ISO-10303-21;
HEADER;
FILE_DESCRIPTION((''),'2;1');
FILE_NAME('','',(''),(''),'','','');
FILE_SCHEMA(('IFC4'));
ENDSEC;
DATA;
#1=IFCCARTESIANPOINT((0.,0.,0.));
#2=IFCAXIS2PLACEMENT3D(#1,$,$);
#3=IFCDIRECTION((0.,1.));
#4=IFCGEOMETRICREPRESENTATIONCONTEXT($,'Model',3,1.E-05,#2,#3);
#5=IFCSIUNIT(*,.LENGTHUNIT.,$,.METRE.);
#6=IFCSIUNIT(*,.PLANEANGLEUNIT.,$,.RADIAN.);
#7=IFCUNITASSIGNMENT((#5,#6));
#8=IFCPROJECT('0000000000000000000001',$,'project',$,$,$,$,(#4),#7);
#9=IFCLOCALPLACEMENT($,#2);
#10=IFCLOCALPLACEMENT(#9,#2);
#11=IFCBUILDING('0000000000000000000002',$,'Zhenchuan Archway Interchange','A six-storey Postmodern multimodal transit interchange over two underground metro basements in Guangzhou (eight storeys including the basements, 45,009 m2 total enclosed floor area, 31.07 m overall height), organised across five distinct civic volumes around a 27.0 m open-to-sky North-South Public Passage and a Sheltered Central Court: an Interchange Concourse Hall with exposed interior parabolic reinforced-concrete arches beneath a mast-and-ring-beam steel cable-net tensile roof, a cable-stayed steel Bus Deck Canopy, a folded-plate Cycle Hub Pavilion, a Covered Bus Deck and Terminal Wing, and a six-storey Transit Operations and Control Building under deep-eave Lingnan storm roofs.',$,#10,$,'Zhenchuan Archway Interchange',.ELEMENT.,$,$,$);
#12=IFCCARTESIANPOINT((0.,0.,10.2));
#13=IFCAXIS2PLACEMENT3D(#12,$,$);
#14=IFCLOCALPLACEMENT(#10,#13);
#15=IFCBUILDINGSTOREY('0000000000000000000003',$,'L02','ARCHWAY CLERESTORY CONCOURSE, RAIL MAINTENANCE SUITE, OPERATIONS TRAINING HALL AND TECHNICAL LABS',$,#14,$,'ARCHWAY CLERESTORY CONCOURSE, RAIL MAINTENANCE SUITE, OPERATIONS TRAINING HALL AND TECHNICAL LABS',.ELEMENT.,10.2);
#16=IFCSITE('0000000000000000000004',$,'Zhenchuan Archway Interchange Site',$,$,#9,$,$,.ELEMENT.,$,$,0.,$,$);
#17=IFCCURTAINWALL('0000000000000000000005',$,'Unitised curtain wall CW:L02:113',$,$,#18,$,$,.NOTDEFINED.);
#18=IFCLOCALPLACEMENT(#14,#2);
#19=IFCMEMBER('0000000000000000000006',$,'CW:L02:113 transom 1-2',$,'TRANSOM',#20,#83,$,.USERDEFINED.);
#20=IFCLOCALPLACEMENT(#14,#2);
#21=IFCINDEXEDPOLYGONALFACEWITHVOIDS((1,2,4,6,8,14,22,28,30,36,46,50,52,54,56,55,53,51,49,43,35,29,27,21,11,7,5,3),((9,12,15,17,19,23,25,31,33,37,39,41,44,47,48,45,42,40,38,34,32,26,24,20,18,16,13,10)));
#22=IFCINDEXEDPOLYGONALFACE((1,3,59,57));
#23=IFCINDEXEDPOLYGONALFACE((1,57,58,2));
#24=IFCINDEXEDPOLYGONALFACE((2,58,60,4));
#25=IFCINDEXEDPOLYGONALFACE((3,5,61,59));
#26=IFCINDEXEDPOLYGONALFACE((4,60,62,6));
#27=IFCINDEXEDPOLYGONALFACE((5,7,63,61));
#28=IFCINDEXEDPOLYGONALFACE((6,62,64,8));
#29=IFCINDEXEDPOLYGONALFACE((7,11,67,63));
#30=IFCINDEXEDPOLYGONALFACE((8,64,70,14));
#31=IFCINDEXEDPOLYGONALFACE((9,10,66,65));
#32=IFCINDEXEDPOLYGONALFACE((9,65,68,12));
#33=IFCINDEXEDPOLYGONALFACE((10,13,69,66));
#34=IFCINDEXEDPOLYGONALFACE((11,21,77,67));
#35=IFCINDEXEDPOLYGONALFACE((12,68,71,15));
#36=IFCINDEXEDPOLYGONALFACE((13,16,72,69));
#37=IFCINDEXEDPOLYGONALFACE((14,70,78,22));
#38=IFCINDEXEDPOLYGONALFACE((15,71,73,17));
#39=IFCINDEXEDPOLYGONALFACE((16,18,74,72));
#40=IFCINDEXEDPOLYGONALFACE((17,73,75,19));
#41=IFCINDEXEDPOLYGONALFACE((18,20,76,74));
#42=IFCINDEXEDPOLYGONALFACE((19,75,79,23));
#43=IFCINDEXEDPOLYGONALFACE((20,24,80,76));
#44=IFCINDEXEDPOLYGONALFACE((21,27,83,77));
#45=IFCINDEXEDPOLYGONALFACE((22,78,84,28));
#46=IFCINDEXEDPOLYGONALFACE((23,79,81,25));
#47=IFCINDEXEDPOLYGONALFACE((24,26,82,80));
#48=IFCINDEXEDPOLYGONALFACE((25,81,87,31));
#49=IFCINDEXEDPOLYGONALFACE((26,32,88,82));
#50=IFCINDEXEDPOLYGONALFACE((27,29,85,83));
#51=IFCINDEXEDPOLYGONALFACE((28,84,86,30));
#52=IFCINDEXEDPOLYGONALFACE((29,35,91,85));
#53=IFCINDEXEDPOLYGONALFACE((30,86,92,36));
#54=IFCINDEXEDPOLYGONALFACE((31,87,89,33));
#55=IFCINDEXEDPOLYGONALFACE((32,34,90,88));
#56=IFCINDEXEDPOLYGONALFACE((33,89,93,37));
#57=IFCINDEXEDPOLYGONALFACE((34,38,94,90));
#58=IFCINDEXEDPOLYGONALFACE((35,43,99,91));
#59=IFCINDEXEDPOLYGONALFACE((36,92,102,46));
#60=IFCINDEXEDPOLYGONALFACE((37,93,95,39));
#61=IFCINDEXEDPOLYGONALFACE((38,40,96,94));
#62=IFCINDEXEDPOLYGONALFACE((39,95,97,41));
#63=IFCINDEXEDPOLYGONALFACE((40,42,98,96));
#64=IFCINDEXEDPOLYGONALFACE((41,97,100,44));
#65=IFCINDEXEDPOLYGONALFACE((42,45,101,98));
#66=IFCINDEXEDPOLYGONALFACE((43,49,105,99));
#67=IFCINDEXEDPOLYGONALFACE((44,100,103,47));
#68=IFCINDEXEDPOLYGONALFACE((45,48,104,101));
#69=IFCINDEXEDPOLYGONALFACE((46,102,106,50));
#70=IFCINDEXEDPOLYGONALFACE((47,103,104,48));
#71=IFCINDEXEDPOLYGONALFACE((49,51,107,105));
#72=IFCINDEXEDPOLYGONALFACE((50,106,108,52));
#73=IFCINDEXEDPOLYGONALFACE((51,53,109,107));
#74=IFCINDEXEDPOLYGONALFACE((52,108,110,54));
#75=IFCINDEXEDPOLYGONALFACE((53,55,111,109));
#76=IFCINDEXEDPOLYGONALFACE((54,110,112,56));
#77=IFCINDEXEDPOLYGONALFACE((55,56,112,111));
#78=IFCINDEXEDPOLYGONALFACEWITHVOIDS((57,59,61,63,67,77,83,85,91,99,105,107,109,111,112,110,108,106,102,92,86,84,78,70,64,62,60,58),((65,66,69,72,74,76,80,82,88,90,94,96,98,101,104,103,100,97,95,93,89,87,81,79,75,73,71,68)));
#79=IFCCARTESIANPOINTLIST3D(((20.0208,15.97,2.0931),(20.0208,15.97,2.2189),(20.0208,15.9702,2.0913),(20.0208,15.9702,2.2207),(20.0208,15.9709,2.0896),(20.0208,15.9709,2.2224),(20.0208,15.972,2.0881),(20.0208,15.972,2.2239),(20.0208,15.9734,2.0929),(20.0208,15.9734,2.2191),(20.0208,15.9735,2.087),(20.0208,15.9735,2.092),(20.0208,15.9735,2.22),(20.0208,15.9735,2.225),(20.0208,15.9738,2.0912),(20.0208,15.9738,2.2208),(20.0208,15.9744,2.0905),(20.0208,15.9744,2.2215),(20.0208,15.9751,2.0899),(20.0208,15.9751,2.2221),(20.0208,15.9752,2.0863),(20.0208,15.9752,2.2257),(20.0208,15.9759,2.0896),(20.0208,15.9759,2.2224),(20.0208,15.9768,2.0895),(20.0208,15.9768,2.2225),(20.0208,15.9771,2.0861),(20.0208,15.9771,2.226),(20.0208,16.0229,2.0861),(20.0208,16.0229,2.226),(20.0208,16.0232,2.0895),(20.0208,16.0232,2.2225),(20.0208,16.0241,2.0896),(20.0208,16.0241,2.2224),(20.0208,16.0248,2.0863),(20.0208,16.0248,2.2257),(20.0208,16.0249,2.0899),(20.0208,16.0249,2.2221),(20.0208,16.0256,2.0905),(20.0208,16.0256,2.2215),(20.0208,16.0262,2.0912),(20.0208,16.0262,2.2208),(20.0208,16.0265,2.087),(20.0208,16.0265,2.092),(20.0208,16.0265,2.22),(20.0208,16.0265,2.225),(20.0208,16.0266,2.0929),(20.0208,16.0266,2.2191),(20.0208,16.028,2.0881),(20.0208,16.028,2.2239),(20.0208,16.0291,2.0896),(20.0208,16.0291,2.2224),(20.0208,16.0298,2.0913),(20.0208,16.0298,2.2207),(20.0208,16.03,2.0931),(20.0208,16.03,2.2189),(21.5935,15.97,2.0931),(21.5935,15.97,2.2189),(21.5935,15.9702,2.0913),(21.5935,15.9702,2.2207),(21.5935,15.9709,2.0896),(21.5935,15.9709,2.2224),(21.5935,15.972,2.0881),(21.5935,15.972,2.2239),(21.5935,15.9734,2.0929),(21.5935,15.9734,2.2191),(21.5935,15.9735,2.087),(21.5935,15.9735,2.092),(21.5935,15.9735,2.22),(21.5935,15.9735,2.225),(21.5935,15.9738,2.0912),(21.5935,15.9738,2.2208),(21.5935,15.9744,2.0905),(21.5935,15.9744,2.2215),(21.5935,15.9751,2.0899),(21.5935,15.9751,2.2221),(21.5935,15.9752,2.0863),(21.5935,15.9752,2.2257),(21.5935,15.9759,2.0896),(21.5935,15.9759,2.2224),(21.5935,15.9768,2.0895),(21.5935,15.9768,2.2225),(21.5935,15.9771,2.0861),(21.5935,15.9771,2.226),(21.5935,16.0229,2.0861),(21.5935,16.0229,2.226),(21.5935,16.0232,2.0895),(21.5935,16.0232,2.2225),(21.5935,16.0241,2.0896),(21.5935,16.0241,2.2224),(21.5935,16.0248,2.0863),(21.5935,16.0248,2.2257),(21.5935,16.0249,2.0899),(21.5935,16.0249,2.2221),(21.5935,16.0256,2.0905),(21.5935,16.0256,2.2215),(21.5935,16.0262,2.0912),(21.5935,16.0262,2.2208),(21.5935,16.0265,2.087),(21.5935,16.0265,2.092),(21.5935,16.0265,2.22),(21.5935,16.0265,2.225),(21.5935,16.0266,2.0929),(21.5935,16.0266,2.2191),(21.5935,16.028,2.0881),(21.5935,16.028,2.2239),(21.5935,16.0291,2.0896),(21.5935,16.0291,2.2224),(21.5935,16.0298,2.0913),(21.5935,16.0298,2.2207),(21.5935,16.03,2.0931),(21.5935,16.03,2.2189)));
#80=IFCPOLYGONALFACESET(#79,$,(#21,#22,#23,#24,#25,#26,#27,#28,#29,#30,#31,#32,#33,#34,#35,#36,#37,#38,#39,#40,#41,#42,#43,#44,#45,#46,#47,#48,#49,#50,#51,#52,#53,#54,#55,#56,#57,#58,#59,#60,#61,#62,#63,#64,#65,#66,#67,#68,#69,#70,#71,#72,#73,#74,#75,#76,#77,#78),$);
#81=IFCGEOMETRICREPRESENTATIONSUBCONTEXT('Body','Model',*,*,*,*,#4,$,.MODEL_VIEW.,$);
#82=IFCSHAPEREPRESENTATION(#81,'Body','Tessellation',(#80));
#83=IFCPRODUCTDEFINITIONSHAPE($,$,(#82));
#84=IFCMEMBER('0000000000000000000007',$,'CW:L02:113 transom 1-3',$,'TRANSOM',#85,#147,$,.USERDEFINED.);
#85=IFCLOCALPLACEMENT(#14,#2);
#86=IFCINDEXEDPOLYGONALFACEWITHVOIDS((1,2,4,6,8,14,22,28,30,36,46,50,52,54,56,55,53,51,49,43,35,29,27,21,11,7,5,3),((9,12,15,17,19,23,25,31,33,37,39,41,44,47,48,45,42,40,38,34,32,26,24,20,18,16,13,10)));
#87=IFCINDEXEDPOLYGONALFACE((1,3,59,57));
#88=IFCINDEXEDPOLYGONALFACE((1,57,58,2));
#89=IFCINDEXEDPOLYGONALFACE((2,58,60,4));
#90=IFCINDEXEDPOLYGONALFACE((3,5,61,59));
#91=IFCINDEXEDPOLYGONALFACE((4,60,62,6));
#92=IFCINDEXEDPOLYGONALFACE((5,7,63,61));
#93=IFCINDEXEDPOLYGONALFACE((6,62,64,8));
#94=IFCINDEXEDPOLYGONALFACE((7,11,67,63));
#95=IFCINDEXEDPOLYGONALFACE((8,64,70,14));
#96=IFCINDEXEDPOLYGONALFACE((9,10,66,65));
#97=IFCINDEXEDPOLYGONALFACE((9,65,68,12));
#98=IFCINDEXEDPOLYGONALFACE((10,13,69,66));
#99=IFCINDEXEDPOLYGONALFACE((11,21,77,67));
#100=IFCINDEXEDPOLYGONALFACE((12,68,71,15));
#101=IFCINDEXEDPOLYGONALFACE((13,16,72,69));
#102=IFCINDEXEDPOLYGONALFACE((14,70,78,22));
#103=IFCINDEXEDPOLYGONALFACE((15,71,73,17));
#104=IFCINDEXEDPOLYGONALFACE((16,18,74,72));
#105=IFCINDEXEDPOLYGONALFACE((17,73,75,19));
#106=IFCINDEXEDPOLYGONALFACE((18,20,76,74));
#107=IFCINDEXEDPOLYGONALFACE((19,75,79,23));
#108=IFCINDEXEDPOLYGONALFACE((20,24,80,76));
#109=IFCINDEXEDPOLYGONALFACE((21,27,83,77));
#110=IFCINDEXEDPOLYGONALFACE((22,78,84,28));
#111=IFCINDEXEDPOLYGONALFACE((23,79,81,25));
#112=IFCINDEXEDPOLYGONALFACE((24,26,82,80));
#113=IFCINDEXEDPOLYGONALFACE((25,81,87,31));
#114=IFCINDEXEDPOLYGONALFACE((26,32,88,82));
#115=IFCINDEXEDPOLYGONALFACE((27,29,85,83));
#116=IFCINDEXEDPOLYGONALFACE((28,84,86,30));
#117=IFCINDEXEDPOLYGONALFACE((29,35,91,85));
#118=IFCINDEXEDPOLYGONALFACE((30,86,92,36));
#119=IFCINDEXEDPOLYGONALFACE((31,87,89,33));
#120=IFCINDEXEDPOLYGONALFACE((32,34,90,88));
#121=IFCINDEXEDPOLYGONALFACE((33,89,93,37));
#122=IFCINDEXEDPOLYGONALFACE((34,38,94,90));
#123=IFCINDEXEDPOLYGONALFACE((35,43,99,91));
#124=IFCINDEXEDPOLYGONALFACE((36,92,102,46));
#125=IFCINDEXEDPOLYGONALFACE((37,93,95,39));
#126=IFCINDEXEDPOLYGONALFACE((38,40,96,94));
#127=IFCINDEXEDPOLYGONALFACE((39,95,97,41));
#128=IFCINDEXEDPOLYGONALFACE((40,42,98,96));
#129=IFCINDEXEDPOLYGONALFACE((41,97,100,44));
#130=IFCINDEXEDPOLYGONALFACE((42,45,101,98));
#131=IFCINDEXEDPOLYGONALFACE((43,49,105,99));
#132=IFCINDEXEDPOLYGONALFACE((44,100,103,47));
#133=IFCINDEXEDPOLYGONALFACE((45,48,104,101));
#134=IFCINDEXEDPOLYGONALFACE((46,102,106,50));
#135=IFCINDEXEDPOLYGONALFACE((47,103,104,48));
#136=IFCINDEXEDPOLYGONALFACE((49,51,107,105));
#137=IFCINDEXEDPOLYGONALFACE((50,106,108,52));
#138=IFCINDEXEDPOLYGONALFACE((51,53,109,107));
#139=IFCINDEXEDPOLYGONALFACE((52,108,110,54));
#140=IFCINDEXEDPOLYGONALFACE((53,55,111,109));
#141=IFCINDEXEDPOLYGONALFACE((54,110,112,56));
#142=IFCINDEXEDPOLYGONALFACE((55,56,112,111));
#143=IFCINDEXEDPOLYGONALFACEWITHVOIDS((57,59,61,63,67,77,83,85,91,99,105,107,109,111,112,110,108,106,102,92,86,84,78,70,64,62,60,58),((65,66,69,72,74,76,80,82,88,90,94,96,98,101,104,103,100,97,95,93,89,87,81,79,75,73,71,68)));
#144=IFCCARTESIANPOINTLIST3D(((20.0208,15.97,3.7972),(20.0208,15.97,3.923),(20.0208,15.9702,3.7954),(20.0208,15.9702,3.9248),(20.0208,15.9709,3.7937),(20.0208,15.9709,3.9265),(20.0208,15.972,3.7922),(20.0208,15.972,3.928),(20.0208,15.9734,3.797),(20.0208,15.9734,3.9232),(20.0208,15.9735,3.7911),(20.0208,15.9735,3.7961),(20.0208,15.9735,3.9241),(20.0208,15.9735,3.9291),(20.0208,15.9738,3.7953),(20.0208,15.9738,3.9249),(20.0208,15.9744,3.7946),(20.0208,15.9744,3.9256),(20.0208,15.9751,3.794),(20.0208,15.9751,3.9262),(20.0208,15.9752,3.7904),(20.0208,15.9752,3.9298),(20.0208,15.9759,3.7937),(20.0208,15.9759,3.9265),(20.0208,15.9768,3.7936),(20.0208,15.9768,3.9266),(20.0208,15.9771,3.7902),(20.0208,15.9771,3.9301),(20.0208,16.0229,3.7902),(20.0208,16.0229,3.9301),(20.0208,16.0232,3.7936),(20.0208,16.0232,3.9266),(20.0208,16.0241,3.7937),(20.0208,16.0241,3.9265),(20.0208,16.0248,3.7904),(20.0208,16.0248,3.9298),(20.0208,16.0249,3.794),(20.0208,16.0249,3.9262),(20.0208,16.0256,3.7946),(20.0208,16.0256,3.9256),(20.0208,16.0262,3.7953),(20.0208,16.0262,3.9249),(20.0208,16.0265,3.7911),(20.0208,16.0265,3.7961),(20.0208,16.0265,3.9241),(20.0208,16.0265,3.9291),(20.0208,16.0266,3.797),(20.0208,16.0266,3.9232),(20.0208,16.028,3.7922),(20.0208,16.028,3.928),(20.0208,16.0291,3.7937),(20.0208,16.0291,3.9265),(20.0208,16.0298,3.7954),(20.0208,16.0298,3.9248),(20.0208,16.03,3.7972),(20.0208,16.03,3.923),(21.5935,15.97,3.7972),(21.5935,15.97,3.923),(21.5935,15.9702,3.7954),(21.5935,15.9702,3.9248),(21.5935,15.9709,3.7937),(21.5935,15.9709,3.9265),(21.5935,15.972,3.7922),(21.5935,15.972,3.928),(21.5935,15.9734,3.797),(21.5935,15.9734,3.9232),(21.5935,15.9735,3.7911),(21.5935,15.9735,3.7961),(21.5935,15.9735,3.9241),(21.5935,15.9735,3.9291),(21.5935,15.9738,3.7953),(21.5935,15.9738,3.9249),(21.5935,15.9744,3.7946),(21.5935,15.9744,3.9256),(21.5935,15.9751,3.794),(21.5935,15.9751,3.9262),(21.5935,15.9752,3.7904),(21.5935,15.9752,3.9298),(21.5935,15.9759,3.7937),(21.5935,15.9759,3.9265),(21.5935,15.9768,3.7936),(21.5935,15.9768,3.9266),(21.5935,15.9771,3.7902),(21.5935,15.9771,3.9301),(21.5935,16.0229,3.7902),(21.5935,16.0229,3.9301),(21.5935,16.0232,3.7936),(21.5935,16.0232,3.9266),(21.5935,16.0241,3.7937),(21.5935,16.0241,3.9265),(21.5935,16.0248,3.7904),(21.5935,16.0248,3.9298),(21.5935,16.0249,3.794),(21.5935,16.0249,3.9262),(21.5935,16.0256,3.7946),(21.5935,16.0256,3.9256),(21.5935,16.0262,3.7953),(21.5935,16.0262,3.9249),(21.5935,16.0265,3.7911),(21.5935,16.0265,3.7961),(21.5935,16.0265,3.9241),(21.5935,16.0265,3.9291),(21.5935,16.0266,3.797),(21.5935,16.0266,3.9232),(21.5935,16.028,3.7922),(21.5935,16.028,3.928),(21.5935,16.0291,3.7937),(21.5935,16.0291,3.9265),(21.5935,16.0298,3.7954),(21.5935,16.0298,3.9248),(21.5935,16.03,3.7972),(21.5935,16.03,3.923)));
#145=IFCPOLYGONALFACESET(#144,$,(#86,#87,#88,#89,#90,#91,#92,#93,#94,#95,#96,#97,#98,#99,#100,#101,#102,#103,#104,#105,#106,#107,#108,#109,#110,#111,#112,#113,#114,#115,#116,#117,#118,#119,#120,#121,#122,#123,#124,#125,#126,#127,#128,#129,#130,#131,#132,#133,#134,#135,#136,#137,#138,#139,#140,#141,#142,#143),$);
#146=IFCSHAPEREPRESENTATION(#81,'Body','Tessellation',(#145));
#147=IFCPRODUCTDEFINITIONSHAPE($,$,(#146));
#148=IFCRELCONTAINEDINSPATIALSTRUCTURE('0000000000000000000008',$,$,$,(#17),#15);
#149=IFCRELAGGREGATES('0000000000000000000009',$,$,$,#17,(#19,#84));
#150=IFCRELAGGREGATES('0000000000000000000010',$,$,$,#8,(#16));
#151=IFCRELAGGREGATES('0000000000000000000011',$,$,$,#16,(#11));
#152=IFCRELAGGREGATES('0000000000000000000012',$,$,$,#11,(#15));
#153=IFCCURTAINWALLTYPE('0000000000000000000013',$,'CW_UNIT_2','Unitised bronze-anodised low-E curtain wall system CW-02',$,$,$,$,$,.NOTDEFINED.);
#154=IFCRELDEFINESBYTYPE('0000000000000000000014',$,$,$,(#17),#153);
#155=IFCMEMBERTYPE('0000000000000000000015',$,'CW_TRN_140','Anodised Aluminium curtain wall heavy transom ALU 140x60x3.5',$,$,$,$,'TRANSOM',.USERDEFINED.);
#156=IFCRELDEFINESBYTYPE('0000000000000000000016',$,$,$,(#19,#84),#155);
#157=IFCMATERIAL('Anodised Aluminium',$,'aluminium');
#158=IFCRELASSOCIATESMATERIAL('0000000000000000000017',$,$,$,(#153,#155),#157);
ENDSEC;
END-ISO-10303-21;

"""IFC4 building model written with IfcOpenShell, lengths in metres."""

from ifc_helpers import new_model, si_unit, direction, frame, origin, origin_2d, place, context, subcontext, project, spatial, hollow_rectangle, extrude, material, material_profile, profile_set, type_object, element, aggregate, save


model = new_model("IFC4")

# Units and contexts
model_context = context("Model", 3, precision=1e-05, world=origin(), true_north=direction((0.0, 1.0)))
body_context = subcontext(model_context, "Body", "Model", "MODEL_VIEW")
ifc_project = project(units=[si_unit("LENGTHUNIT", "METRE"), si_unit("PLANEANGLEUNIT", "RADIAN")], contexts=[model_context])

# Site, building, storey
site_placement = place(None, origin())
site = spatial("IfcSite", under=ifc_project, at=site_placement, Name="Zhenchuan Archway Interchange Site", CompositionType="ELEMENT", RefElevation=0.0)
building_placement = place(site_placement, origin())
building = spatial("IfcBuilding", under=site, at=building_placement, Name="Zhenchuan Archway Interchange", Description="A six-storey Postmodern multimodal transit interchange over two underground metro basements in Guangzhou (eight storeys including the basements, 45,009 m2 total enclosed floor area, 31.07 m overall height), organised across five distinct civic volumes around a 27.0 m open-to-sky North-South Public Passage and a Sheltered Central Court: an Interchange Concourse Hall with exposed interior parabolic reinforced-concrete arches beneath a mast-and-ring-beam steel cable-net tensile roof, a cable-stayed steel Bus Deck Canopy, a folded-plate Cycle Hub Pavilion, a Covered Bus Deck and Terminal Wing, and a six-storey Transit Operations and Control Building under deep-eave Lingnan storm roofs.", LongName="Zhenchuan Archway Interchange", CompositionType="ELEMENT")
storey_placement = place(building_placement, frame((0.0, 0.0, 10.2)))
storey = spatial("IfcBuildingStorey", under=building, at=storey_placement, Name="L02", Description="ARCHWAY CLERESTORY CONCOURSE, RAIL MAINTENANCE SUITE, OPERATIONS TRAINING HALL AND TECHNICAL LABS", LongName="ARCHWAY CLERESTORY CONCOURSE, RAIL MAINTENANCE SUITE, OPERATIONS TRAINING HALL AND TECHNICAL LABS", CompositionType="ELEMENT", Elevation=10.2)

# Curtain wall, members
ifc_material_1 = material(Name="Anodised Aluminium", Category="aluminium")
curtain_wall_type = type_object("IfcCurtainWallType", Name="CW_UNIT_2", Description="Unitised bronze-anodised low-E curtain wall system CW-02", PredefinedType="NOTDEFINED", material=ifc_material_1)
curtain_wall_placement = place(storey_placement, origin())
curtain_wall = element("IfcCurtainWall", 1, at=curtain_wall_placement, inside=storey, type_object=curtain_wall_type, Name="Unitised curtain wall CW:L02:113", PredefinedType="NOTDEFINED")
ifc_material_profile_1 = material_profile(ifc_material_1, hollow_rectangle(XDim=0.0601, YDim=0.1399, WallThickness=0.0034, InnerFilletRadius=0.0034, OuterFilletRadius=0.0071, at=origin_2d()), Name="ALU 140x60x3.5")
ifc_profile_set_1 = profile_set([ifc_material_profile_1], Name="Anodised Aluminium")
member_type_1 = type_object("IfcMemberType", Name="CW_TRN_140", Description="Anodised Aluminium curtain wall heavy transom ALU 140x60x3.5", ElementType="TRANSOM", PredefinedType="USERDEFINED", material=ifc_profile_set_1)
member_1_placement = place(storey_placement, frame((20.0208, 16.0, 2.156), z_axis=(1.0, 0.0, 0.0), x_axis=(0.0, 1.0, 0.0)))
member_1 = element("IfcMember", 2, at=member_1_placement, type_object=member_type_1, Name="CW:L02:113 transom 1-2", ObjectType="TRANSOM", PredefinedType="USERDEFINED", context=body_context, shape_type="SweptSolid", body=[
    extrude(hollow_rectangle(XDim=0.0601, YDim=0.1399, WallThickness=0.0034, InnerFilletRadius=0.0034, OuterFilletRadius=0.0071, at=origin_2d()), origin(), (0.0, 0.0, 1.0), 1.5728),
])
member_2_placement = place(storey_placement, frame((20.0208, 16.0, 3.8601), z_axis=(1.0, 0.0, 0.0), x_axis=(0.0, 1.0, 0.0)))
member_2 = element("IfcMember", 3, at=member_2_placement, type_object=member_type_1, Name="CW:L02:113 transom 1-3", ObjectType="TRANSOM", PredefinedType="USERDEFINED", context=body_context, shape_type="SweptSolid", body=[
    extrude(hollow_rectangle(XDim=0.0601, YDim=0.1399, WallThickness=0.0034, InnerFilletRadius=0.0034, OuterFilletRadius=0.0071, at=origin_2d()), origin(), (0.0, 0.0, 1.0), 1.5728),
])

aggregate(curtain_wall, [member_1, member_2])

save(model, "model.ifc")
